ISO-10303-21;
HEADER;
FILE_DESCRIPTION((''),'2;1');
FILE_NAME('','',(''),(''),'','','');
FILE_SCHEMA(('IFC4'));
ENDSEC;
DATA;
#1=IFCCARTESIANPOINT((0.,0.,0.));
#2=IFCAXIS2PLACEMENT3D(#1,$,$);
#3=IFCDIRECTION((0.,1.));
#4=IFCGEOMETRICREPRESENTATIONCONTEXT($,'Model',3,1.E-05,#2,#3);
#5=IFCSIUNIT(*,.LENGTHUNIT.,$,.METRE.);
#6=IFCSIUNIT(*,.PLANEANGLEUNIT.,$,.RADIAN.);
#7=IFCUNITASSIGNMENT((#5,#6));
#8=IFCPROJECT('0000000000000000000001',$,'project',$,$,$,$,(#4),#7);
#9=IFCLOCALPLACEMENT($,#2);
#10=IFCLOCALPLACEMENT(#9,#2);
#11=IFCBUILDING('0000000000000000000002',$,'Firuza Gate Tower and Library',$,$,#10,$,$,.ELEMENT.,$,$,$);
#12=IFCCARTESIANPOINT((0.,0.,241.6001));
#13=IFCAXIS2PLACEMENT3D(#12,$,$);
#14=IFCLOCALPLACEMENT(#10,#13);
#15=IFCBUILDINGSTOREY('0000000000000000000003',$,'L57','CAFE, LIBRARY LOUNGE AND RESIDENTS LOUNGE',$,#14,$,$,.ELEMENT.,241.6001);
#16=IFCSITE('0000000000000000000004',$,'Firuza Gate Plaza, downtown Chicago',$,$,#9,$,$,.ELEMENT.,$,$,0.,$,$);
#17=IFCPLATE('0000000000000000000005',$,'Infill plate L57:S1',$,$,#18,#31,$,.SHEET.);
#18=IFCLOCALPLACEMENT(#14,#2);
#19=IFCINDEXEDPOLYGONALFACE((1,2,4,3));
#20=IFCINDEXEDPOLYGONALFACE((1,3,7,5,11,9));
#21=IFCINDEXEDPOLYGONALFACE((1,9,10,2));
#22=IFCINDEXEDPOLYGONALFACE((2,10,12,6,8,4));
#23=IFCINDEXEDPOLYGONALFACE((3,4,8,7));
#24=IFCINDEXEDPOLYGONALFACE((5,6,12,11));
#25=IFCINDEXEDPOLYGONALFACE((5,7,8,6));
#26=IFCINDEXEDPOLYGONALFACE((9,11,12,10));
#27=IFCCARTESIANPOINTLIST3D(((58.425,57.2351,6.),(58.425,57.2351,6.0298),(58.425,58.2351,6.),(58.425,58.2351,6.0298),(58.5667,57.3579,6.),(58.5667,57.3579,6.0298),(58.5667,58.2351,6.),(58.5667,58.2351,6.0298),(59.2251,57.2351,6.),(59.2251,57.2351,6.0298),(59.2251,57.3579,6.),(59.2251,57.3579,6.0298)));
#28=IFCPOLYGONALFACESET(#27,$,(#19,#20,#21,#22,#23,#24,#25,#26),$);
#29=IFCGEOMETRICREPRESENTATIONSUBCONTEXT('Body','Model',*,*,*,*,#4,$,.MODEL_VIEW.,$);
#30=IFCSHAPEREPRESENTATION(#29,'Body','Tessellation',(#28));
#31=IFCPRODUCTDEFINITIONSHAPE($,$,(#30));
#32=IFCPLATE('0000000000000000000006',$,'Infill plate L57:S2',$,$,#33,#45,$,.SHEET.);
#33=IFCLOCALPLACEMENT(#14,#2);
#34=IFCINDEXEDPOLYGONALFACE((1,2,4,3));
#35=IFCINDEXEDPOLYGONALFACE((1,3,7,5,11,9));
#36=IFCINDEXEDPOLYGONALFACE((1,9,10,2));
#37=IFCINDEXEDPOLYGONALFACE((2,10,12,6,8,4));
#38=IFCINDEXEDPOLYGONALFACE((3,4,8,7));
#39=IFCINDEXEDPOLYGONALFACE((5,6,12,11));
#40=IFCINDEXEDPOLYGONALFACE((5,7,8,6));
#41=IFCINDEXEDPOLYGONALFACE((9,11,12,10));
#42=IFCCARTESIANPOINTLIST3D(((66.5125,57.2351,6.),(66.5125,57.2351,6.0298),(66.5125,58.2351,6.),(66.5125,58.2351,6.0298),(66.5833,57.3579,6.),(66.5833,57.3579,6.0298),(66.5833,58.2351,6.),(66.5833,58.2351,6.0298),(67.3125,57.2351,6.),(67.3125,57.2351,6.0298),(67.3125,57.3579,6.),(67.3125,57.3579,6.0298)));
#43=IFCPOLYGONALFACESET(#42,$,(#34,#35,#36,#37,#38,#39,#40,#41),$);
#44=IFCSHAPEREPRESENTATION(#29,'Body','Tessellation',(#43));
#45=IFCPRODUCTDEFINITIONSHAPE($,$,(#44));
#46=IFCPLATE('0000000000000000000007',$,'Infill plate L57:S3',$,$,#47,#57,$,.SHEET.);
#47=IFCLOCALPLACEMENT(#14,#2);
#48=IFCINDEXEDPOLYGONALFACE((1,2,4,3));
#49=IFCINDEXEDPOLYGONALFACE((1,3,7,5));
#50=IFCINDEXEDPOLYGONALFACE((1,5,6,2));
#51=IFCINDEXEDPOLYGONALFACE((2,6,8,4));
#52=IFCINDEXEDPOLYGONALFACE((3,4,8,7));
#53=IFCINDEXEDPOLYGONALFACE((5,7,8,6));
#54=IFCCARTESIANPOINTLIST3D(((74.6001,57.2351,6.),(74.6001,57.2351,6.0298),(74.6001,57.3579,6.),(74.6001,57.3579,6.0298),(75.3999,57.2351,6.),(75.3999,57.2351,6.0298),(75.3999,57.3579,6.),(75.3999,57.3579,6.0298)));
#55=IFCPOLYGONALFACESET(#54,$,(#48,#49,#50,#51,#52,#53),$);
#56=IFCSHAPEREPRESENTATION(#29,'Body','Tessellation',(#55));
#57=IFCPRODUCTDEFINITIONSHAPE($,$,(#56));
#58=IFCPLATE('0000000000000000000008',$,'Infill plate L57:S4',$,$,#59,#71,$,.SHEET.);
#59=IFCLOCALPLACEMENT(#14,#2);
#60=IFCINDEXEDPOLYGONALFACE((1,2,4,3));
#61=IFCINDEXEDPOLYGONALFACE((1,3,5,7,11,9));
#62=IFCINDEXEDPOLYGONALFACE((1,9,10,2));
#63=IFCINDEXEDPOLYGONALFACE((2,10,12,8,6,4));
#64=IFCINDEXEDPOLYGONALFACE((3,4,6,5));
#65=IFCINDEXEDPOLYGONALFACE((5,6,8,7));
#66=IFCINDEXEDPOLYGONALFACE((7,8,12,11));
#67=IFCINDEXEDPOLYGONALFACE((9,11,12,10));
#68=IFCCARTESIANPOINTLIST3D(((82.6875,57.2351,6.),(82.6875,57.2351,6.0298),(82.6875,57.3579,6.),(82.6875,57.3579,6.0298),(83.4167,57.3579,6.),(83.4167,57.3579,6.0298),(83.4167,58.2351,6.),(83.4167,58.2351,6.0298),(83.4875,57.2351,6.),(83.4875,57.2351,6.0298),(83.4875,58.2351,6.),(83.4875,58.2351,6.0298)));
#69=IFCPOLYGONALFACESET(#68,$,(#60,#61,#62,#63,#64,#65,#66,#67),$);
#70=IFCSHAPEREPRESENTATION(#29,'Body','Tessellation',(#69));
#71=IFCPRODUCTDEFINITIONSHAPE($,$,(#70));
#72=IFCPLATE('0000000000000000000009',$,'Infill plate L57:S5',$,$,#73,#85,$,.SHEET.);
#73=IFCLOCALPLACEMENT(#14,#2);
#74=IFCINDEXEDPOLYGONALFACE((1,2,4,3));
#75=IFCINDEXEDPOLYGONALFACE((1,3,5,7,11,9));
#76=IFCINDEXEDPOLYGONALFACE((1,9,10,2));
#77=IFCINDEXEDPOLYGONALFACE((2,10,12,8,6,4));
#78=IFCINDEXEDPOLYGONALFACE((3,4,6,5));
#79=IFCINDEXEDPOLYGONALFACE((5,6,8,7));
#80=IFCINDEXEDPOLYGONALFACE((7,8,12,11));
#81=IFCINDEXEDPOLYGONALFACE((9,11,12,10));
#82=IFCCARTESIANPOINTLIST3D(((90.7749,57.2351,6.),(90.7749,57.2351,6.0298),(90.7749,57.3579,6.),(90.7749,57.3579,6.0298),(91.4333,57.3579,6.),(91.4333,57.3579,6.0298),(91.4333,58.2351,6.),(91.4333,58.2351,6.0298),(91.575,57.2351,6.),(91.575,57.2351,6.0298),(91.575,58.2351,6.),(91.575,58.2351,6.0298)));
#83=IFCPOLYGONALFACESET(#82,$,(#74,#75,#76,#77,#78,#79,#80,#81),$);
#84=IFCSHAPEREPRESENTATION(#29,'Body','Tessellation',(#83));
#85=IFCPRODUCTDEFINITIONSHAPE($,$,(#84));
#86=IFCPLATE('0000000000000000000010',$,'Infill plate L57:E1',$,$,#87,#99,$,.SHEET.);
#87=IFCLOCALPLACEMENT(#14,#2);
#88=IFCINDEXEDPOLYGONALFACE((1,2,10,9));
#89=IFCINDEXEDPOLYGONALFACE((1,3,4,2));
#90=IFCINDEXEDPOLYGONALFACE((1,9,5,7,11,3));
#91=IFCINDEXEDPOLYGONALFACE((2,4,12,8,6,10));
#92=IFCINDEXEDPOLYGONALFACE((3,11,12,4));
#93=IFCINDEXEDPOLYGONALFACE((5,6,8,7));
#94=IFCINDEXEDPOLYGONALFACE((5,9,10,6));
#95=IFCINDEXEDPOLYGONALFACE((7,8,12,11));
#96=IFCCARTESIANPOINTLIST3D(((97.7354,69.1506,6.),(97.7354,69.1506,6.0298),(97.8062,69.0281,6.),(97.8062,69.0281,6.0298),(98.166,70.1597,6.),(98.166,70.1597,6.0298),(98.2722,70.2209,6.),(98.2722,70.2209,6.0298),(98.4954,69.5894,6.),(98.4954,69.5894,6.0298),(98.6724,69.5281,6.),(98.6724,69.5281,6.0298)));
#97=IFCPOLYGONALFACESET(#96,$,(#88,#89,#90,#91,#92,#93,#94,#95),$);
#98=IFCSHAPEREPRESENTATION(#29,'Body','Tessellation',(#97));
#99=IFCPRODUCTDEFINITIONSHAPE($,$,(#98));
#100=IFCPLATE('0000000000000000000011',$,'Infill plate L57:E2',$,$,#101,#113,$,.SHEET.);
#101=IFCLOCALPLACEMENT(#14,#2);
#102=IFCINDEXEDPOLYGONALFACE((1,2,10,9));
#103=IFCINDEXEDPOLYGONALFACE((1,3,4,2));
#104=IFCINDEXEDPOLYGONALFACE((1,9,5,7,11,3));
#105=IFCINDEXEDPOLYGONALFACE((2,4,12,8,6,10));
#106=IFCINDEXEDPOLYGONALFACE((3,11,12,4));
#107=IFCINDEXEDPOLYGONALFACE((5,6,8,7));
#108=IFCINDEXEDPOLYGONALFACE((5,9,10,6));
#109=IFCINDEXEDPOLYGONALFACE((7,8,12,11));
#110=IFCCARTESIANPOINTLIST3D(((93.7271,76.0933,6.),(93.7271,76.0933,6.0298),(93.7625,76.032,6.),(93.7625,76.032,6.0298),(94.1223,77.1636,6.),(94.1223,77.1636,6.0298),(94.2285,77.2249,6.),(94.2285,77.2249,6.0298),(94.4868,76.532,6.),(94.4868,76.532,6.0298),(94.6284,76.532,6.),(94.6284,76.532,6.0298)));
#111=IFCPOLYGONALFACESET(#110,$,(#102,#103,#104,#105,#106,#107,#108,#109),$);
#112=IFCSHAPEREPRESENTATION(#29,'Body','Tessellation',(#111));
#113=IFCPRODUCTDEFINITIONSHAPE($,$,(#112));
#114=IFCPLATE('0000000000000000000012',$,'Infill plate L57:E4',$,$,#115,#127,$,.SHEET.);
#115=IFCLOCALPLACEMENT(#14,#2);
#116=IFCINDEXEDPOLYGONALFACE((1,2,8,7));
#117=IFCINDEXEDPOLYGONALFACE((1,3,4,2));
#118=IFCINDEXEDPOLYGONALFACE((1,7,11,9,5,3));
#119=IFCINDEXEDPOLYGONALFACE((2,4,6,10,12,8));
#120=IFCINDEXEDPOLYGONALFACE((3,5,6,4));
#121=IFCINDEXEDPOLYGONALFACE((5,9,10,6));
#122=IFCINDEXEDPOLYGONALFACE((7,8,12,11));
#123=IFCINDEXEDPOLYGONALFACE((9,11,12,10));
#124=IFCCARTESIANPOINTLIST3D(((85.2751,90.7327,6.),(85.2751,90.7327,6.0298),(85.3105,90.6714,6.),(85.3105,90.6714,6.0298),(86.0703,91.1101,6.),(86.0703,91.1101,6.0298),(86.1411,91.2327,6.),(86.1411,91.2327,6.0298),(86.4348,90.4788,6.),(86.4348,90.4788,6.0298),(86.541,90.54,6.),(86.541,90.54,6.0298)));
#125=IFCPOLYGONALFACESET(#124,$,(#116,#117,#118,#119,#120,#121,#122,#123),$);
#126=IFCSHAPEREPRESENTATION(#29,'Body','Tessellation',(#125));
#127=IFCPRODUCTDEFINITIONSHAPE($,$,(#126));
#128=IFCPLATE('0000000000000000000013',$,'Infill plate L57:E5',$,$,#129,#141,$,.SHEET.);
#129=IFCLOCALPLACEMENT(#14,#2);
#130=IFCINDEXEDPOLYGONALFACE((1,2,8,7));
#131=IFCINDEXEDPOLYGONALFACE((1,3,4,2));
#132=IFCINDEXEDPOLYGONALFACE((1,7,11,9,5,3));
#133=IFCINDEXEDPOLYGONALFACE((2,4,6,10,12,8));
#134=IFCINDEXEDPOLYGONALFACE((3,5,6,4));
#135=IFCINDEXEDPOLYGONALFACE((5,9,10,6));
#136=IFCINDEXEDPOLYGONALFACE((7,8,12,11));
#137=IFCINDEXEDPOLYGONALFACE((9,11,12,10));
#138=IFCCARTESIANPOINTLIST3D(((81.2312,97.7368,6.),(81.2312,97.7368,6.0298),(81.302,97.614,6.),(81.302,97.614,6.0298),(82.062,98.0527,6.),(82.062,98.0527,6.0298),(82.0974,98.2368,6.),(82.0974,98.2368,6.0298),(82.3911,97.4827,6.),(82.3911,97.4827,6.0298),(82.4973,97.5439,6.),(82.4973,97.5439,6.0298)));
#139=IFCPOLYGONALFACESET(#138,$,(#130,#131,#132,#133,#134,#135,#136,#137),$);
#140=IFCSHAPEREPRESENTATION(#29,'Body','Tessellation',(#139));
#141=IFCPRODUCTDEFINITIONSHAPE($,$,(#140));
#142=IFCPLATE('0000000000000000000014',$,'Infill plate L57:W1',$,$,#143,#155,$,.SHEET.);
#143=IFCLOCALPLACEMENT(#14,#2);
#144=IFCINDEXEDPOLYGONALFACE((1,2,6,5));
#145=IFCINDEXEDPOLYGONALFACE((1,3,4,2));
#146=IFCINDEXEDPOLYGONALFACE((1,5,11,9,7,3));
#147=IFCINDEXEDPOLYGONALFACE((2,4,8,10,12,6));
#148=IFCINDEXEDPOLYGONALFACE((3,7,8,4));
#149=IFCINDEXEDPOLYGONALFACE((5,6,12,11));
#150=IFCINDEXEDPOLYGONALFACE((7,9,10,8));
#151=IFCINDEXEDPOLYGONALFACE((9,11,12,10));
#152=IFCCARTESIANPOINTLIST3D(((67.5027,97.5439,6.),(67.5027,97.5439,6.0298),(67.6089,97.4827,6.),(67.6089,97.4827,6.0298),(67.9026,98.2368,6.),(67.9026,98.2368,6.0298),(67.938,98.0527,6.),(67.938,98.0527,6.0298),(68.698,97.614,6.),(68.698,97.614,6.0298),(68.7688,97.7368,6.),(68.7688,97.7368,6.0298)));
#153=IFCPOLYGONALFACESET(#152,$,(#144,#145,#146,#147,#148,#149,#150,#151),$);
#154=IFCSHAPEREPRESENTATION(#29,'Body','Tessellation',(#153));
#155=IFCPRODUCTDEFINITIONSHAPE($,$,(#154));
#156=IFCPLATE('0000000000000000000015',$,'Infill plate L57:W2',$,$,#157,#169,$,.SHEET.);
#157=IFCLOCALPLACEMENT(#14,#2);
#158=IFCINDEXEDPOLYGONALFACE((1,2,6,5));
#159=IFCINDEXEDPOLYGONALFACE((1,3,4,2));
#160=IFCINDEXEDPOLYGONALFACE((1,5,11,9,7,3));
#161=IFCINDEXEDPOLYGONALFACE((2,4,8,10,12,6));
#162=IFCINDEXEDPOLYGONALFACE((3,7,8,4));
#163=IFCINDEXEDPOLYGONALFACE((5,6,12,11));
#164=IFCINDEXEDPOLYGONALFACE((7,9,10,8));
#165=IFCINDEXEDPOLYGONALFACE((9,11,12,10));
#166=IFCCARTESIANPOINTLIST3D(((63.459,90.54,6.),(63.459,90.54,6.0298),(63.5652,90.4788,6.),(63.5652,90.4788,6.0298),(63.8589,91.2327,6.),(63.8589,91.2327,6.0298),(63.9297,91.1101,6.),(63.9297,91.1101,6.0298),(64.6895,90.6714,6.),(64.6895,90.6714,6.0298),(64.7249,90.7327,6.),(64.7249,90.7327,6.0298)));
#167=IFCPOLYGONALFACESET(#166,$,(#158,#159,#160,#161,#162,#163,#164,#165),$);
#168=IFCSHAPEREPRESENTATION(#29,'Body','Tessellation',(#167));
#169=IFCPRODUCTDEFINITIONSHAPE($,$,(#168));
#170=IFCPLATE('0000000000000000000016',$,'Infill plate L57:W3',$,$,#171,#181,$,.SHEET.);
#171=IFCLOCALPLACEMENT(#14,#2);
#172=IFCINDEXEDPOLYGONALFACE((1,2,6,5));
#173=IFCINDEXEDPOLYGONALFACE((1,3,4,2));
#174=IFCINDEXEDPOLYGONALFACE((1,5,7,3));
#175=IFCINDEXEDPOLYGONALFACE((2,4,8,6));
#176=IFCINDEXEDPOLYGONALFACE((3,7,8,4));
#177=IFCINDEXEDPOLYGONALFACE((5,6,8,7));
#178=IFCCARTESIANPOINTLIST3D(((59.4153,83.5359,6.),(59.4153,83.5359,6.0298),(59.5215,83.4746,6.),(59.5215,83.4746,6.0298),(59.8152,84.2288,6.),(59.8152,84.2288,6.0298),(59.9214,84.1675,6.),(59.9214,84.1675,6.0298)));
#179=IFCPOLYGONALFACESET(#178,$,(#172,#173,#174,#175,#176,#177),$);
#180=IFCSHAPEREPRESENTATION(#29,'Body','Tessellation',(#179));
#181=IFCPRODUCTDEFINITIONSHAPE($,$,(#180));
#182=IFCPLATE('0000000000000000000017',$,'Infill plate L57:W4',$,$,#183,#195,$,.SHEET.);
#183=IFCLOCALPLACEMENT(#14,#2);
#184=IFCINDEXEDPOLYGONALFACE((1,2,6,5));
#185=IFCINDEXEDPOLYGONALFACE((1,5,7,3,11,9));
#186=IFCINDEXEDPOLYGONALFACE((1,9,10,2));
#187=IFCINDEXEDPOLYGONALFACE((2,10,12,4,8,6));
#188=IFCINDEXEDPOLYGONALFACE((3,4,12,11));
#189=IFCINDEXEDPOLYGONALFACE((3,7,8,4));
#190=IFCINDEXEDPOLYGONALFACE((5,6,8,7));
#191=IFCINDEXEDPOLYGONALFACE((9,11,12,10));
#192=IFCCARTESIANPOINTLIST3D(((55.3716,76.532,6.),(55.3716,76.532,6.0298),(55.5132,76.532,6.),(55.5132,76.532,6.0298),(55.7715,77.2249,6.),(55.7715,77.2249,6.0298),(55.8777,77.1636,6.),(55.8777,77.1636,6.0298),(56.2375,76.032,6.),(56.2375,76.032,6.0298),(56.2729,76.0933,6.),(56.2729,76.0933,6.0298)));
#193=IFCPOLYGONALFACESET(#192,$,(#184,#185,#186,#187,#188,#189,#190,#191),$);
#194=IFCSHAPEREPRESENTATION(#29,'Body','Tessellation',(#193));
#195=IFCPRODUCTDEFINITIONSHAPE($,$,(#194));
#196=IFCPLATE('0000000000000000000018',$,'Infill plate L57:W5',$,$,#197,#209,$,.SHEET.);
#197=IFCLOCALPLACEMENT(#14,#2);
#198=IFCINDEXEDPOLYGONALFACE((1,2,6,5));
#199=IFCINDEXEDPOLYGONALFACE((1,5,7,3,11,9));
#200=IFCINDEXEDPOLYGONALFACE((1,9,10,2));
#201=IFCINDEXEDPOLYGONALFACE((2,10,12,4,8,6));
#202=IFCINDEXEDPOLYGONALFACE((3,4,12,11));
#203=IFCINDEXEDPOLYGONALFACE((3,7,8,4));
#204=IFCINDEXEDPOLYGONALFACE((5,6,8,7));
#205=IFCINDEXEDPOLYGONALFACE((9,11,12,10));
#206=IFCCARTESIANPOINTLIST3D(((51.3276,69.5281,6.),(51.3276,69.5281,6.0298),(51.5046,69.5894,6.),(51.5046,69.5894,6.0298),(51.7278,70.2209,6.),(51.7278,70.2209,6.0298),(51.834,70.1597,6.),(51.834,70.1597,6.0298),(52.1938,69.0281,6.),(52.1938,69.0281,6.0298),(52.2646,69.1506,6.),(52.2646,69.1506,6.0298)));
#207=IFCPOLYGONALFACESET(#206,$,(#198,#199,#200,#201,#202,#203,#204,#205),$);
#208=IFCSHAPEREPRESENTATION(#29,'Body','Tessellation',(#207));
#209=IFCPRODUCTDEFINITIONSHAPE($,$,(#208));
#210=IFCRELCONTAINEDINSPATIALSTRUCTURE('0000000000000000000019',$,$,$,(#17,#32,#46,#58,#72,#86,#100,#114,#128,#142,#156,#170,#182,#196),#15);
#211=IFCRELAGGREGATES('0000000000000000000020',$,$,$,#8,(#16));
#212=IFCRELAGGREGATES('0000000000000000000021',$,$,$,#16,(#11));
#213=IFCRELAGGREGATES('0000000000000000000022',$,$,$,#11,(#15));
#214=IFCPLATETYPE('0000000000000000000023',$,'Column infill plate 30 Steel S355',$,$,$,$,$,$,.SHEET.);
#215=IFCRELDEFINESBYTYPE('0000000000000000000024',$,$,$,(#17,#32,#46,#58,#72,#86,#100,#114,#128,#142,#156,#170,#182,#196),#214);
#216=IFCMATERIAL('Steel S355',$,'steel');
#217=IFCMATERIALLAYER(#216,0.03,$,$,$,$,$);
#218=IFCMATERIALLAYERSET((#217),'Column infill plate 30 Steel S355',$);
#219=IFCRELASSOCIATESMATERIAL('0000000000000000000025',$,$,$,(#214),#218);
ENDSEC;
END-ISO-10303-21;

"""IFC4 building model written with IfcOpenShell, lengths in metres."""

from ifc_helpers import new_model, si_unit, direction, frame, origin, place, context, subcontext, project, spatial, polyline, outline, extrude, material, layer, layer_set, type_object, element, save


model = new_model("IFC4")

# Units and contexts
model_context = context("Model", 3, precision=1e-05, world=origin(), true_north=direction((0.0, 1.0)))
body_context = subcontext(model_context, "Body", "Model", "MODEL_VIEW")
ifc_project = project(units=[si_unit("LENGTHUNIT", "METRE"), si_unit("PLANEANGLEUNIT", "RADIAN")], contexts=[model_context])

# Site, building, storey
site_placement = place(None, origin())
site = spatial("IfcSite", under=ifc_project, at=site_placement, Name="Firuza Gate Plaza, downtown Chicago", CompositionType="ELEMENT", RefElevation=0.0)
building_placement = place(site_placement, origin())
building = spatial("IfcBuilding", under=site, at=building_placement, Name="Firuza Gate Tower and Library", CompositionType="ELEMENT")
storey_placement = place(building_placement, frame((0.0, 0.0, 241.6001)))
storey = spatial("IfcBuildingStorey", under=building, at=storey_placement, Name="L57", Description="CAFE, LIBRARY LOUNGE AND RESIDENTS LOUNGE", CompositionType="ELEMENT", Elevation=241.6001)

# Plates
ifc_material_1 = material(Name="Steel S355", Category="steel")
ifc_layer_1 = layer(ifc_material_1, 0.03)
ifc_layer_set_1 = layer_set([ifc_layer_1], Name="Column infill plate 30 Steel S355")
plate_type = type_object("IfcPlateType", Name="Column infill plate 30 Steel S355", PredefinedType="SHEET", material=ifc_layer_set_1)
placement_1 = place(storey_placement, frame((0.0, 0.0, 6.0)))
element("IfcPlate", 1, at=placement_1, inside=storey, type_object=plate_type, Name="Infill plate L57:S1", PredefinedType="SHEET", context=body_context, shape_type="SweptSolid", body=[
    extrude(outline(polyline([(59.2251, 57.2351), (59.2251, 57.3579), (58.5667, 57.3579), (58.5667, 58.2351), (58.425, 58.2351), (58.425, 57.2351), (59.2251, 57.2351)])), origin(), (0.0, 0.0, 1.0), 0.0298),
])
element("IfcPlate", 2, at=placement_1, inside=storey, type_object=plate_type, Name="Infill plate L57:S2", PredefinedType="SHEET", context=body_context, shape_type="SweptSolid", body=[
    extrude(outline(polyline([(67.3125, 57.2351), (67.3125, 57.3579), (66.5833, 57.3579), (66.5833, 58.2351), (66.5125, 58.2351), (66.5125, 57.2351), (67.3125, 57.2351)])), origin(), (0.0, 0.0, 1.0), 0.0298),
])
element("IfcPlate", 3, at=placement_1, inside=storey, type_object=plate_type, Name="Infill plate L57:S3", PredefinedType="SHEET", context=body_context, shape_type="SweptSolid", body=[
    extrude(outline(polyline([(75.3999, 57.2351), (75.3999, 57.3579), (74.6001, 57.3579), (74.6001, 57.2351), (75.3999, 57.2351)])), origin(), (0.0, 0.0, 1.0), 0.0298),
])
element("IfcPlate", 4, at=placement_1, inside=storey, type_object=plate_type, Name="Infill plate L57:S4", PredefinedType="SHEET", context=body_context, shape_type="SweptSolid", body=[
    extrude(outline(polyline([(83.4875, 58.2351), (83.4167, 58.2351), (83.4167, 57.3579), (82.6875, 57.3579), (82.6875, 57.2351), (83.4875, 57.2351), (83.4875, 58.2351)])), origin(), (0.0, 0.0, 1.0), 0.0298),
])
element("IfcPlate", 5, at=placement_1, inside=storey, type_object=plate_type, Name="Infill plate L57:S5", PredefinedType="SHEET", context=body_context, shape_type="SweptSolid", body=[
    extrude(outline(polyline([(91.575, 58.2351), (91.4333, 58.2351), (91.4333, 57.3579), (90.7749, 57.3579), (90.7749, 57.2351), (91.575, 57.2351), (91.575, 58.2351)])), origin(), (0.0, 0.0, 1.0), 0.0298),
])
element("IfcPlate", 6, at=placement_1, inside=storey, type_object=plate_type, Name="Infill plate L57:E1", PredefinedType="SHEET", context=body_context, shape_type="SweptSolid", body=[
    extrude(outline(polyline([(98.2722, 70.2209), (98.166, 70.1597), (98.4954, 69.5894), (97.7354, 69.1506), (97.8062, 69.0281), (98.6724, 69.5281), (98.2722, 70.2209)])), origin(), (0.0, 0.0, 1.0), 0.0298),
])
element("IfcPlate", 7, at=placement_1, inside=storey, type_object=plate_type, Name="Infill plate L57:E2", PredefinedType="SHEET", context=body_context, shape_type="SweptSolid", body=[
    extrude(outline(polyline([(94.2285, 77.2249), (94.1223, 77.1636), (94.4868, 76.532), (93.7271, 76.0933), (93.7625, 76.032), (94.6284, 76.532), (94.2285, 77.2249)])), origin(), (0.0, 0.0, 1.0), 0.0298),
])
element("IfcPlate", 8, at=placement_1, inside=storey, type_object=plate_type, Name="Infill plate L57:E4", PredefinedType="SHEET", context=body_context, shape_type="SweptSolid", body=[
    extrude(outline(polyline([(85.2751, 90.7327), (85.3105, 90.6714), (86.0703, 91.1101), (86.4348, 90.4788), (86.541, 90.54), (86.1411, 91.2327), (85.2751, 90.7327)])), origin(), (0.0, 0.0, 1.0), 0.0298),
])
element("IfcPlate", 9, at=placement_1, inside=storey, type_object=plate_type, Name="Infill plate L57:E5", PredefinedType="SHEET", context=body_context, shape_type="SweptSolid", body=[
    extrude(outline(polyline([(81.2312, 97.7368), (81.302, 97.614), (82.062, 98.0527), (82.3911, 97.4827), (82.4973, 97.5439), (82.0974, 98.2368), (81.2312, 97.7368)])), origin(), (0.0, 0.0, 1.0), 0.0298),
])
element("IfcPlate", 10, at=placement_1, inside=storey, type_object=plate_type, Name="Infill plate L57:W1", PredefinedType="SHEET", context=body_context, shape_type="SweptSolid", body=[
    extrude(outline(polyline([(67.5027, 97.5439), (67.6089, 97.4827), (67.938, 98.0527), (68.698, 97.614), (68.7688, 97.7368), (67.9026, 98.2368), (67.5027, 97.5439)])), origin(), (0.0, 0.0, 1.0), 0.0298),
])
element("IfcPlate", 11, at=placement_1, inside=storey, type_object=plate_type, Name="Infill plate L57:W2", PredefinedType="SHEET", context=body_context, shape_type="SweptSolid", body=[
    extrude(outline(polyline([(63.459, 90.54), (63.5652, 90.4788), (63.9297, 91.1101), (64.6895, 90.6714), (64.7249, 90.7327), (63.8589, 91.2327), (63.459, 90.54)])), origin(), (0.0, 0.0, 1.0), 0.0298),
])
element("IfcPlate", 12, at=placement_1, inside=storey, type_object=plate_type, Name="Infill plate L57:W3", PredefinedType="SHEET", context=body_context, shape_type="SweptSolid", body=[
    extrude(outline(polyline([(59.4153, 83.5359), (59.5215, 83.4746), (59.9214, 84.1675), (60.6812, 83.7288), (60.6812, 83.7288), (59.8152, 84.2288), (59.4153, 83.5359)])), origin(), (0.0, 0.0, 1.0), 0.0298),
])
element("IfcPlate", 13, at=placement_1, inside=storey, type_object=plate_type, Name="Infill plate L57:W4", PredefinedType="SHEET", context=body_context, shape_type="SweptSolid", body=[
    extrude(outline(polyline([(56.2375, 76.032), (56.2729, 76.0933), (55.5132, 76.532), (55.8777, 77.1636), (55.7715, 77.2249), (55.3716, 76.532), (56.2375, 76.032)])), origin(), (0.0, 0.0, 1.0), 0.0298),
])
element("IfcPlate", 14, at=placement_1, inside=storey, type_object=plate_type, Name="Infill plate L57:W5", PredefinedType="SHEET", context=body_context, shape_type="SweptSolid", body=[
    extrude(outline(polyline([(52.1938, 69.0281), (52.2646, 69.1506), (51.5046, 69.5894), (51.834, 70.1597), (51.7278, 70.2209), (51.3276, 69.5281), (52.1938, 69.0281)])), origin(), (0.0, 0.0, 1.0), 0.0298),
])

save(model, "model.ifc")
